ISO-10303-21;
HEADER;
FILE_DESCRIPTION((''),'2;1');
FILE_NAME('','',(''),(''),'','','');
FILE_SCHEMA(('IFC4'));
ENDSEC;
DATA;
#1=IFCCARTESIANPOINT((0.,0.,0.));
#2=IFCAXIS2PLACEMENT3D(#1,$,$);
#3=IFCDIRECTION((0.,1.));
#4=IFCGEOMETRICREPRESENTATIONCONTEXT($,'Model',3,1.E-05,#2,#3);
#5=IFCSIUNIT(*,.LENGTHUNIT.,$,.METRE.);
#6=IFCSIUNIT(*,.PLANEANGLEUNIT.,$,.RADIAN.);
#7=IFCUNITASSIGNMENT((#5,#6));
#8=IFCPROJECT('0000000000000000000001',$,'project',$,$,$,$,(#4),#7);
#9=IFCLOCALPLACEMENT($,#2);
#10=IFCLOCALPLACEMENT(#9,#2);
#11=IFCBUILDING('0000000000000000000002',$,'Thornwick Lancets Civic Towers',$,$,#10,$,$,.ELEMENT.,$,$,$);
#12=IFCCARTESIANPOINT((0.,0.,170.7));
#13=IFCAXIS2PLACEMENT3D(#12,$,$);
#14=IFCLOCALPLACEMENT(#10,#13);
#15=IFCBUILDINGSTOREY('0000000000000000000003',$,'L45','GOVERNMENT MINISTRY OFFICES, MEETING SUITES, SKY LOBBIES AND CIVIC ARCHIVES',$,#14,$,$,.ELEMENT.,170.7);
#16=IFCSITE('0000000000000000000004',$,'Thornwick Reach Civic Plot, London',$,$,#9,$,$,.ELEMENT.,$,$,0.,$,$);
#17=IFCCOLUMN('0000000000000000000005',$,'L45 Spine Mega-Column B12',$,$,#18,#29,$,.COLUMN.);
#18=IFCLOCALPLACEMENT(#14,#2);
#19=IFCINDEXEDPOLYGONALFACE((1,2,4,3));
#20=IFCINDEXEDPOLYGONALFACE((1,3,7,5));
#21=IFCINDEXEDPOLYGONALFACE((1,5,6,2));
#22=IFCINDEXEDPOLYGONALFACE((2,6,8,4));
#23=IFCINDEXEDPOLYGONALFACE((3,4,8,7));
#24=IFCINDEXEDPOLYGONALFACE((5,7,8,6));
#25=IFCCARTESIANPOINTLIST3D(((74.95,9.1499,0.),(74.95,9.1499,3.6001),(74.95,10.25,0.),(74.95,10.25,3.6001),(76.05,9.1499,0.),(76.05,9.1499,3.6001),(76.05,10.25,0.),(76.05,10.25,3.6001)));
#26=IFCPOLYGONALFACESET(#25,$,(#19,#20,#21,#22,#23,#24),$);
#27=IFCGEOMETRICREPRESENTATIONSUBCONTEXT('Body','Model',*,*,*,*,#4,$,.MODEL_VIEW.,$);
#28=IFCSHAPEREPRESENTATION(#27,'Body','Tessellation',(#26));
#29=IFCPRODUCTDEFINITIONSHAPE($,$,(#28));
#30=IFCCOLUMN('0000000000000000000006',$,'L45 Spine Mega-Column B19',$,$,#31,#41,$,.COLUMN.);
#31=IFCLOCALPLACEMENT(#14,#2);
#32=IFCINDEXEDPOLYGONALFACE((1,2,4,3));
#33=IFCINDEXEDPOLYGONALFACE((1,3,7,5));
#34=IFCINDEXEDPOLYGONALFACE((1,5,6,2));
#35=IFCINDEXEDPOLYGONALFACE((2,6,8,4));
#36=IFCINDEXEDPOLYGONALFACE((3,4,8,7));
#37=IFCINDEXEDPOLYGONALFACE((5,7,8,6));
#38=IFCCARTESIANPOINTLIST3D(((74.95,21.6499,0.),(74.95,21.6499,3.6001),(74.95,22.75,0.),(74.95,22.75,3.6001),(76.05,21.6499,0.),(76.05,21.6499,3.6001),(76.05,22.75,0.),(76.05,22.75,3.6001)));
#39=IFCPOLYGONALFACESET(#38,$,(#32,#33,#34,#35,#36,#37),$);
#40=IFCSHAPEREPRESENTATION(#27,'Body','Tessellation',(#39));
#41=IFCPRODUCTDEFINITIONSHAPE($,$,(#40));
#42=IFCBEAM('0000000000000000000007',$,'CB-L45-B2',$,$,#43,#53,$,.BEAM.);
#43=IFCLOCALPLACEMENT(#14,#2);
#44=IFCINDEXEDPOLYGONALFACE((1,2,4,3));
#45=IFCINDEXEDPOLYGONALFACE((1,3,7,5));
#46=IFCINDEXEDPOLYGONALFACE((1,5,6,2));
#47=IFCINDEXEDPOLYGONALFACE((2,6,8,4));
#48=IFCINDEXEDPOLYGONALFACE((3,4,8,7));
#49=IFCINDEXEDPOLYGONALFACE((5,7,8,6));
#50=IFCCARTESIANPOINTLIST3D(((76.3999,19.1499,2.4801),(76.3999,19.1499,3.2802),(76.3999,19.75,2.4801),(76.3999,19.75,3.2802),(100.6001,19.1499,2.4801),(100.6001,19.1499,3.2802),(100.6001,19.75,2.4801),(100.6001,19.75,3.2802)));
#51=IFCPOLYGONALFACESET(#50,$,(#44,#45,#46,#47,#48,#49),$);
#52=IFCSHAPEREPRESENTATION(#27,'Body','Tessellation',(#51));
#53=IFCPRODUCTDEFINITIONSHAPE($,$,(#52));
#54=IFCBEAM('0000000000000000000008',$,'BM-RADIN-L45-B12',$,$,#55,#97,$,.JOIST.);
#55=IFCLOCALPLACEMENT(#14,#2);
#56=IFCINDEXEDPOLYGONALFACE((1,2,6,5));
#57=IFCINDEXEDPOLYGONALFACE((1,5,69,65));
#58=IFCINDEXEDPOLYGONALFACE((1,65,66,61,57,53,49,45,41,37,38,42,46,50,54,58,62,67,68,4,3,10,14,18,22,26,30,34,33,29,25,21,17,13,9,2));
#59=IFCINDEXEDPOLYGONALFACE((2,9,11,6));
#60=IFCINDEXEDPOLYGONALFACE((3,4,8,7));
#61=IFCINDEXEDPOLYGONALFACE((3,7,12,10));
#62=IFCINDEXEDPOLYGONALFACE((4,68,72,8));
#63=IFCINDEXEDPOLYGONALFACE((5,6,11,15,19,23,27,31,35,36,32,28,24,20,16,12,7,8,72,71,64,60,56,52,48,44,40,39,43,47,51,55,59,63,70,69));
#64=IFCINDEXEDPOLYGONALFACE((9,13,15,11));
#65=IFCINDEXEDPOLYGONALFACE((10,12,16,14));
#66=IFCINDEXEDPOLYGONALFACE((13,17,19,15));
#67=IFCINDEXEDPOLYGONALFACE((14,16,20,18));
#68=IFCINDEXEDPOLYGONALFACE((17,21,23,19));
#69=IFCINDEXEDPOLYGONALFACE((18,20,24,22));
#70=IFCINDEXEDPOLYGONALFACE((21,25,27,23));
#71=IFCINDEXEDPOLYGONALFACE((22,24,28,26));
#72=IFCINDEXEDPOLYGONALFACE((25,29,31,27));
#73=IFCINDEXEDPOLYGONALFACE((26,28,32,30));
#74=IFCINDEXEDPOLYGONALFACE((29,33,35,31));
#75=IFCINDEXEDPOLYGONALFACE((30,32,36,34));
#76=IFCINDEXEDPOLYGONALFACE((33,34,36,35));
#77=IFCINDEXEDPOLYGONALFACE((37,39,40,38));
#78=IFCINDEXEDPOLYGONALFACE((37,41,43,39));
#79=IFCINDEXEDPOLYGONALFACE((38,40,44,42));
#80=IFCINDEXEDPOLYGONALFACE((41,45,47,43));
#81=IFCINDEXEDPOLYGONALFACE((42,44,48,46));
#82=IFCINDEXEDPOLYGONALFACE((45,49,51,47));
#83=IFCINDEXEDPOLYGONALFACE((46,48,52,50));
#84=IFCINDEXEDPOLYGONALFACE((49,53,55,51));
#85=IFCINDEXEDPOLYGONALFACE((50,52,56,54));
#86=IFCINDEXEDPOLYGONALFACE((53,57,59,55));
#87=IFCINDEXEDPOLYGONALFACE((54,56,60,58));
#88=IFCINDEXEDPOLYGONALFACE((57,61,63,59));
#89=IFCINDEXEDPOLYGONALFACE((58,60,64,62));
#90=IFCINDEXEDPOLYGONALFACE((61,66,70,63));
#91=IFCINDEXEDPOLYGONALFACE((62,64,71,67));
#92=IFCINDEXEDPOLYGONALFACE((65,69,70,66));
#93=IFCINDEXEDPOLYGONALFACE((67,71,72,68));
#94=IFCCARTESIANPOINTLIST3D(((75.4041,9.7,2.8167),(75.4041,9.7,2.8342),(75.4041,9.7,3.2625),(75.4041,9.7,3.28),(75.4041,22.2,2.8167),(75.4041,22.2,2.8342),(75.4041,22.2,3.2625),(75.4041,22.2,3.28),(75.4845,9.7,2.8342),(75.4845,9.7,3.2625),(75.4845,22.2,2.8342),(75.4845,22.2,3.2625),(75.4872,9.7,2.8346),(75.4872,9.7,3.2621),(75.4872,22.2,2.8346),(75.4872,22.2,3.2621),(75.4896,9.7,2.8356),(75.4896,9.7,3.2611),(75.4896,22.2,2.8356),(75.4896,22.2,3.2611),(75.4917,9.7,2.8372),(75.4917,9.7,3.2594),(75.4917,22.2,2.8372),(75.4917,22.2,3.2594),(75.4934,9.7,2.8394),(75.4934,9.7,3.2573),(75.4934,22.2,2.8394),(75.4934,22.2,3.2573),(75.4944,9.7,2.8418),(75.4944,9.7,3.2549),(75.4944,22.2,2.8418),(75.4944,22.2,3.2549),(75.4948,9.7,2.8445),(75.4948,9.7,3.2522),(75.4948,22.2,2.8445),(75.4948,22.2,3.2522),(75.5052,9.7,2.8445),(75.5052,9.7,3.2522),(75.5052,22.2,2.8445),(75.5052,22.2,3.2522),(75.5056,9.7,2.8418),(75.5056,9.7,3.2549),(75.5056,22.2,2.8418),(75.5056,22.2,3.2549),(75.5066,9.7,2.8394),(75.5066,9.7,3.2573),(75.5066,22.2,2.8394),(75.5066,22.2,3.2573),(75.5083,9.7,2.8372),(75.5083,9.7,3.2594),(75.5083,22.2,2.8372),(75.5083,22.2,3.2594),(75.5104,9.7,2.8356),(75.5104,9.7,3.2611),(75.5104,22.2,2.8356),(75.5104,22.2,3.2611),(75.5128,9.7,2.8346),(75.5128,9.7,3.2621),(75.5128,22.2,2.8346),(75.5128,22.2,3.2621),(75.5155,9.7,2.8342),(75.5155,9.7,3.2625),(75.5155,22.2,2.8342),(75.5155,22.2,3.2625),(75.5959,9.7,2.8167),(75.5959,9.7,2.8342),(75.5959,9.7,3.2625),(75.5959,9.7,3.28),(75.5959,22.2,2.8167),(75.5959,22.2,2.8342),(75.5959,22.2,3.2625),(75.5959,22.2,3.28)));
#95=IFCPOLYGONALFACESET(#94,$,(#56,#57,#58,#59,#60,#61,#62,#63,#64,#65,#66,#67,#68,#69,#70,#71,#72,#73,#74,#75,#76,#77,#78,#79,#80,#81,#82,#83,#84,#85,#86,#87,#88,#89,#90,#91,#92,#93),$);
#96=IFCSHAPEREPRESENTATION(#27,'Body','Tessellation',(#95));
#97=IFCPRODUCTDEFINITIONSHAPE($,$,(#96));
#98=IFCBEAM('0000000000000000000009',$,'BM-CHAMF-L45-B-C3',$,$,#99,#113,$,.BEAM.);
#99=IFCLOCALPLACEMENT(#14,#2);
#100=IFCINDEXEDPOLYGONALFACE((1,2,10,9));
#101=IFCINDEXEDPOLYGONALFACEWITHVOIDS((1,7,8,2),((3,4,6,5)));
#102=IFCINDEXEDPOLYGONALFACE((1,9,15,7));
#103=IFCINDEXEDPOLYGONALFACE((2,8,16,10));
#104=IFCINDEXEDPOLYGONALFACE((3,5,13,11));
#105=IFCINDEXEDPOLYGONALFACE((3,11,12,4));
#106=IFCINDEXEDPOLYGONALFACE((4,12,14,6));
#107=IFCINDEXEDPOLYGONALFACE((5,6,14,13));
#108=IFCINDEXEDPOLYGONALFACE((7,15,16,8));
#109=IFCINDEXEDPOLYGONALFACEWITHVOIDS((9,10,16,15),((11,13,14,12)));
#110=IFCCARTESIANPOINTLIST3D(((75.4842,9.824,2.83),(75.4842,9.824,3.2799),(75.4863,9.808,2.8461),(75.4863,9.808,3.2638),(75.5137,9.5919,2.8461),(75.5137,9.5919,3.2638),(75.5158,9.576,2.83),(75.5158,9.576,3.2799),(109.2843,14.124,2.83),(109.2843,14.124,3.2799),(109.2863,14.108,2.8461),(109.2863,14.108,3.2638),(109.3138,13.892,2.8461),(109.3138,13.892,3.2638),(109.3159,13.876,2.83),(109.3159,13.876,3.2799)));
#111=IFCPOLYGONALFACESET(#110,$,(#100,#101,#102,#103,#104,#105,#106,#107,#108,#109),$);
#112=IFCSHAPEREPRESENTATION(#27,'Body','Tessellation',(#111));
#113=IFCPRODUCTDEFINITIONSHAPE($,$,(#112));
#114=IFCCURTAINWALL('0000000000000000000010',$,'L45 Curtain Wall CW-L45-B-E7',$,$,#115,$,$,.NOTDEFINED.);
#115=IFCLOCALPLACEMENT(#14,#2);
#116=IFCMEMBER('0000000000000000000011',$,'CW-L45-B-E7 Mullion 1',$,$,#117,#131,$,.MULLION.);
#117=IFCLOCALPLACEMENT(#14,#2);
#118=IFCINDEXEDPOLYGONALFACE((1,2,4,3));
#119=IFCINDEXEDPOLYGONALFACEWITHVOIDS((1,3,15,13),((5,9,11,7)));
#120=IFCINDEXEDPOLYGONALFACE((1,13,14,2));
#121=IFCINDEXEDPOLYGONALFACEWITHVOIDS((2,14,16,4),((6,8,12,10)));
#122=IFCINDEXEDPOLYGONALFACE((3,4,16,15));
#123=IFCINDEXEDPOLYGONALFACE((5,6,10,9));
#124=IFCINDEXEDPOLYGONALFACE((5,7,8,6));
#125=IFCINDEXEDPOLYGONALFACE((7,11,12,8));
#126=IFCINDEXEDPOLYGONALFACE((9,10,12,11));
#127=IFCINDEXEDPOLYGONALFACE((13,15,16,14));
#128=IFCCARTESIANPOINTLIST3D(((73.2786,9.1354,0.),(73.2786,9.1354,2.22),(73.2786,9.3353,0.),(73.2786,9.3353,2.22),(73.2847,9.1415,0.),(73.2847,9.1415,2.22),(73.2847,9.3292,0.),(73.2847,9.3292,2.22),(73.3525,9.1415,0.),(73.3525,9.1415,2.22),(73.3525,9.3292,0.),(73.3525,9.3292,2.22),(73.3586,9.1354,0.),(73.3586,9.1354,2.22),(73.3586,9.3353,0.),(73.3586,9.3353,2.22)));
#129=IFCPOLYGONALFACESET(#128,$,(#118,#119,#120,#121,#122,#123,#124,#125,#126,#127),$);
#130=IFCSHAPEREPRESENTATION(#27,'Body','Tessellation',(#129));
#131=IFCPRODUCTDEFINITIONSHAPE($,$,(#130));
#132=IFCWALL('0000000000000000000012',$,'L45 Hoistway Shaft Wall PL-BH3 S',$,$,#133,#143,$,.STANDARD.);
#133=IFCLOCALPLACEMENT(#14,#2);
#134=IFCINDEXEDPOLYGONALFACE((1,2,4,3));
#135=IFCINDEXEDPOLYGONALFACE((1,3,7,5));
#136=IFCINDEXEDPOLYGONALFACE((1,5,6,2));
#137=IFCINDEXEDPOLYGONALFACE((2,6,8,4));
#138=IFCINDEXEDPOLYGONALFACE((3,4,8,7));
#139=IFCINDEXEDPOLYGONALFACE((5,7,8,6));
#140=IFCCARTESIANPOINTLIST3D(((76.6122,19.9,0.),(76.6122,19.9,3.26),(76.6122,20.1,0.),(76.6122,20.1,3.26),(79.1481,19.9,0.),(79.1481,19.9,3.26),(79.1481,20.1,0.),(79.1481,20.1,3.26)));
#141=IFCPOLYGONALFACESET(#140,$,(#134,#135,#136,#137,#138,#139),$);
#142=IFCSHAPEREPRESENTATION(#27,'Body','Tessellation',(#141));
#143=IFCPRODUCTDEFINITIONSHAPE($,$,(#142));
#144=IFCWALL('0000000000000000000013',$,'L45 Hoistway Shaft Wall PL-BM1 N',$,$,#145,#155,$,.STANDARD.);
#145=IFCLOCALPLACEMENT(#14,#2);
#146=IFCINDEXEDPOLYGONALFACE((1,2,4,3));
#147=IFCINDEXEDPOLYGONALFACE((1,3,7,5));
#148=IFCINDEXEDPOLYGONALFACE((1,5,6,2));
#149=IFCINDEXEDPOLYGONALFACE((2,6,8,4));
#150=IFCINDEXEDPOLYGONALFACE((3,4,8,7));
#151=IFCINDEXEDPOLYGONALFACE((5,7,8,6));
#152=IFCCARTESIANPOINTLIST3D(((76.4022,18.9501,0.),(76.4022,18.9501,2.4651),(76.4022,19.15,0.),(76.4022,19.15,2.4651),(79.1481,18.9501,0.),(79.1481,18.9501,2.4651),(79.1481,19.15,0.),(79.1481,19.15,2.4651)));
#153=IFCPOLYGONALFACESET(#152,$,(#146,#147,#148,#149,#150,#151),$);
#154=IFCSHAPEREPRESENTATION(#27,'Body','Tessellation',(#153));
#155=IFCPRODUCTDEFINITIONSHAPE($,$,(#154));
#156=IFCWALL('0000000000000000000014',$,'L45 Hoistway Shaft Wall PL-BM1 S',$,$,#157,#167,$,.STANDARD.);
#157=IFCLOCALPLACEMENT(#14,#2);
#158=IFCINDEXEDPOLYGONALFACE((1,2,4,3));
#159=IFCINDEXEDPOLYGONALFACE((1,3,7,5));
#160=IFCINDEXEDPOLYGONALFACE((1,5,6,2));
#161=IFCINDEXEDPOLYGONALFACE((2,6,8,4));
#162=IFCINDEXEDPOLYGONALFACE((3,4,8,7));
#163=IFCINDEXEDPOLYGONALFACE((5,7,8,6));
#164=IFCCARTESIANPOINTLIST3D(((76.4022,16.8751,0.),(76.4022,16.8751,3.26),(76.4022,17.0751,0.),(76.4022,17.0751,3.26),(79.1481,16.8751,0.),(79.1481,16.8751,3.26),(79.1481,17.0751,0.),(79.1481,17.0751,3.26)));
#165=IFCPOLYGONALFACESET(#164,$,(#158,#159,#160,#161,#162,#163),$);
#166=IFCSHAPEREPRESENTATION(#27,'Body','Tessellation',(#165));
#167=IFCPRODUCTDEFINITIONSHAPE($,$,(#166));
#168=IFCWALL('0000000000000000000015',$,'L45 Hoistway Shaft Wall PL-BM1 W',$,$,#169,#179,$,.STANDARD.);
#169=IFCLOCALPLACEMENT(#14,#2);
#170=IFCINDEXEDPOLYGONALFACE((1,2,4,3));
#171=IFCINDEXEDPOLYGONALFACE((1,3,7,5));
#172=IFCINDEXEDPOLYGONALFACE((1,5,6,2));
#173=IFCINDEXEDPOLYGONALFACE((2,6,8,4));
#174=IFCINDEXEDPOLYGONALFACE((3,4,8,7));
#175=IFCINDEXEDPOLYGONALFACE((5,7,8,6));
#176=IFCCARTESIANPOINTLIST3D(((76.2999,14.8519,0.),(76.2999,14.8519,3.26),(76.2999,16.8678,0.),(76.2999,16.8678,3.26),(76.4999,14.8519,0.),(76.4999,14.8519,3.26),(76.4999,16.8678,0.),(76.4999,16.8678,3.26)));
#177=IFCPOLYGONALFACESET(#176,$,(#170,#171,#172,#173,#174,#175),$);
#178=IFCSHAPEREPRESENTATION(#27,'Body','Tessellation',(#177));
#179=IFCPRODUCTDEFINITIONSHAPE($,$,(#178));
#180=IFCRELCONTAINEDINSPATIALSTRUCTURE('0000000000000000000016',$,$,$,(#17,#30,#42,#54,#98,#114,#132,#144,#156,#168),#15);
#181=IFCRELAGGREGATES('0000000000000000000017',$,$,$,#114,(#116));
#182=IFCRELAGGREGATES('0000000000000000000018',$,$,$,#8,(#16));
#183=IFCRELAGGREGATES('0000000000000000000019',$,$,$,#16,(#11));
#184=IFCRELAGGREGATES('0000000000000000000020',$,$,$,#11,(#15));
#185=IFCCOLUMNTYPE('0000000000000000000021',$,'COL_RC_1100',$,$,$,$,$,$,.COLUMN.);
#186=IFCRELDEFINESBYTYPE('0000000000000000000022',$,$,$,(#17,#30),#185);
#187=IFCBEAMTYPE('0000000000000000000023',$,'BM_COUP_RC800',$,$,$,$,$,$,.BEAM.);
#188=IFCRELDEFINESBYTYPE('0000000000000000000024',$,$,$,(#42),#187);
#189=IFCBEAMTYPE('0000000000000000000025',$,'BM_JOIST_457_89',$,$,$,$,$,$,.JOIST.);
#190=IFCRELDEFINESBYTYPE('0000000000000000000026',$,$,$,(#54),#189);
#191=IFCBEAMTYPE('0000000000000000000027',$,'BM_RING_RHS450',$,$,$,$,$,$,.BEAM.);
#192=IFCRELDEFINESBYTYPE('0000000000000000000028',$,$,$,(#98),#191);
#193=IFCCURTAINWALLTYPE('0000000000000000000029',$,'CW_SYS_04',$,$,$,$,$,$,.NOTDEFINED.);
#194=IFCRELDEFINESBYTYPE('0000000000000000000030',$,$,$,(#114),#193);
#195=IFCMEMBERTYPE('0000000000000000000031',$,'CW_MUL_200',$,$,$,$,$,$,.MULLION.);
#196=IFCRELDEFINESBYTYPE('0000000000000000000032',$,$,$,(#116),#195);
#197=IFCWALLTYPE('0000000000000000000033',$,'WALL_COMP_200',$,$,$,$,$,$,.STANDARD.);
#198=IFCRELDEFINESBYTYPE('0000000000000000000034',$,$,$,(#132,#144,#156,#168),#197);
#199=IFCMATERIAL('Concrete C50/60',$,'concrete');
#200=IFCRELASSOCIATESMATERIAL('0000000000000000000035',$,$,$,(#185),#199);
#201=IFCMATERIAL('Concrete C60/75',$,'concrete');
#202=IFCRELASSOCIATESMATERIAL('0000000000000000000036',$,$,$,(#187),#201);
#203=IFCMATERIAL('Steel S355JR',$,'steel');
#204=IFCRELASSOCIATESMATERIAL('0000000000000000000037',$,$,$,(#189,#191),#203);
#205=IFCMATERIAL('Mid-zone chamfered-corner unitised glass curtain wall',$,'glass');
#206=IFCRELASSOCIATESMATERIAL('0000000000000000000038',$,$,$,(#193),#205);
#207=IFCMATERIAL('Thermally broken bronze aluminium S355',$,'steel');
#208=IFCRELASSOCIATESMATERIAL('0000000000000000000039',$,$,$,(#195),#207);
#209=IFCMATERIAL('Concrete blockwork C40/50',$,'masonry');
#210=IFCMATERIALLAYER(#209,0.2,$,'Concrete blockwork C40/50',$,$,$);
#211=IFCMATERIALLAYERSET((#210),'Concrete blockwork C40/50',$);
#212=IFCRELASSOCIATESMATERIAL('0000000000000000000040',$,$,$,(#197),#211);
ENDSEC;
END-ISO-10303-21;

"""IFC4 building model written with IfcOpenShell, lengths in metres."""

from ifc_helpers import new_model, si_unit, direction, frame, frame_2d, origin, origin_2d, place, context, subcontext, project, spatial, rectangle, hollow_rectangle, i_section, extrude, material, layer, layer_set, material_profile, profile_set, type_object, element, aggregate, save


model = new_model("IFC4")

# Units and contexts
model_context = context("Model", 3, precision=1e-05, world=origin(), true_north=direction((0.0, 1.0)))
body_context = subcontext(model_context, "Body", "Model", "MODEL_VIEW")
ifc_project = project(units=[si_unit("LENGTHUNIT", "METRE"), si_unit("PLANEANGLEUNIT", "RADIAN")], contexts=[model_context])

# Site, building, storey
site_placement = place(None, origin())
site = spatial("IfcSite", under=ifc_project, at=site_placement, Name="Thornwick Reach Civic Plot, London", CompositionType="ELEMENT", RefElevation=0.0)
building_placement = place(site_placement, origin())
building = spatial("IfcBuilding", under=site, at=building_placement, Name="Thornwick Lancets Civic Towers", CompositionType="ELEMENT")
storey_placement = place(building_placement, frame((0.0, 0.0, 170.7)))
storey = spatial("IfcBuildingStorey", under=building, at=storey_placement, Name="L45", Description="GOVERNMENT MINISTRY OFFICES, MEETING SUITES, SKY LOBBIES AND CIVIC ARCHIVES", CompositionType="ELEMENT", Elevation=170.7)

# Columns
ifc_material_1 = material(Name="Concrete C50/60", Category="concrete")
ifc_material_profile_1 = material_profile(ifc_material_1, rectangle(XDim=1.1001, YDim=1.1001, at=origin_2d()), Name="RC 1100x1100")
ifc_profile_set_1 = profile_set([ifc_material_profile_1], Name="Concrete C50/60")
column_type = type_object("IfcColumnType", Name="COL_RC_1100", PredefinedType="COLUMN", material=ifc_profile_set_1)
for number, where, z_axis, x_axis, name in (
    (1, (75.5, 9.7, 0.0), (0.0, 0.0, 1.0), (1.0, 0.0, 0.0), "L45 Spine Mega-Column B12"),
    (2, (75.5, 22.2, 0.0), (0.0, 0.0, 1.0), (1.0, 0.0, 0.0), "L45 Spine Mega-Column B19"),
):
    element("IfcColumn", number, at=place(storey_placement, frame(where, z_axis=z_axis, x_axis=x_axis)), inside=storey, type_object=column_type, Name=name, PredefinedType="COLUMN", context=body_context, shape_type="SweptSolid", body=[
        extrude(rectangle(XDim=1.1001, YDim=1.1001, at=origin_2d()), origin(), (0.0, 0.0, 1.0), 3.6001),
    ])

# Beams
ifc_material_2 = material(Name="Concrete C60/75", Category="concrete")
ifc_material_profile_2 = material_profile(ifc_material_2, rectangle(XDim=0.6001, YDim=0.8, at=origin_2d()), Name="RC 600x800")
ifc_profile_set_2 = profile_set([ifc_material_profile_2], Name="Concrete C60/75")
beam_type_1 = type_object("IfcBeamType", Name="BM_COUP_RC800", PredefinedType="BEAM", material=ifc_profile_set_2)
beam_1_placement = place(storey_placement, frame((76.3999, 19.45, 2.8801), z_axis=(1.0, 0.0, 0.0), x_axis=(0.0, 1.0, 0.0)))
element("IfcBeam", 3, at=beam_1_placement, inside=storey, type_object=beam_type_1, Name="CB-L45-B2", PredefinedType="BEAM", context=body_context, shape_type="SweptSolid", body=[
    extrude(rectangle(XDim=0.6001, YDim=0.8, at=origin_2d()), origin(), (0.0, 0.0, 1.0), 24.2002),
])
ifc_material_3 = material(Name="Steel S355JR", Category="steel")
ifc_material_profile_3 = material_profile(ifc_material_3, i_section(OverallWidth=0.1919, OverallDepth=0.4634, WebThickness=0.0105, FlangeThickness=0.0176, FilletRadius=0.0103, at=origin_2d()), Name="UKB 457x191x89")
ifc_profile_set_3 = profile_set([ifc_material_profile_3], Name="Steel S355JR")
beam_type_2 = type_object("IfcBeamType", Name="BM_JOIST_457_89", PredefinedType="JOIST", material=ifc_profile_set_3)
beam_2_placement = place(storey_placement, frame((75.5, 22.2, 3.0483), z_axis=(0.0, -1.0, 0.0), x_axis=(1.0, 0.0, 0.0)))
element("IfcBeam", 4, at=beam_2_placement, inside=storey, type_object=beam_type_2, Name="BM-RADIN-L45-B12", PredefinedType="JOIST", context=body_context, shape_type="SweptSolid", body=[
    extrude(i_section(OverallWidth=0.1919, OverallDepth=0.4634, WebThickness=0.0105, FlangeThickness=0.0176, FilletRadius=0.0103, at=origin_2d()), origin(), (0.0, 0.0, 1.0), 12.5),
])
ifc_material_profile_4 = material_profile(ifc_material_3, hollow_rectangle(XDim=0.25, YDim=0.45, WallThickness=0.0161, at=origin_2d()), Name="RHS 450x250x16")
ifc_profile_set_4 = profile_set([ifc_material_profile_4], Name="Steel S355JR")
beam_type_3 = type_object("IfcBeamType", Name="BM_RING_RHS450", PredefinedType="BEAM", material=ifc_profile_set_4)
beam_3_placement = place(storey_placement, frame((75.5, 9.7, 3.0549), z_axis=(0.992004, 0.126203, 0.0), x_axis=(-0.126203, 0.992004, 0.0)))
element("IfcBeam", 5, at=beam_3_placement, inside=storey, type_object=beam_type_3, Name="BM-CHAMF-L45-B-C3", PredefinedType="BEAM", context=body_context, shape_type="SweptSolid", body=[
    extrude(hollow_rectangle(XDim=0.25, YDim=0.45, WallThickness=0.0161, at=origin_2d()), origin(), (0.0, 0.0, 1.0), 34.0725),
])

# Curtain wall, member
ifc_material_4 = material(Name="Mid-zone chamfered-corner unitised glass curtain wall", Category="glass")
curtain_wall_type = type_object("IfcCurtainWallType", Name="CW_SYS_04", PredefinedType="NOTDEFINED", material=ifc_material_4)
curtain_wall_placement = place(storey_placement, origin())
curtain_wall = element("IfcCurtainWall", 6, at=curtain_wall_placement, inside=storey, type_object=curtain_wall_type, Name="L45 Curtain Wall CW-L45-B-E7", PredefinedType="NOTDEFINED")
ifc_material_5 = material(Name="Thermally broken bronze aluminium S355", Category="steel")
ifc_material_profile_5 = material_profile(ifc_material_5, hollow_rectangle(XDim=0.0801, YDim=0.2, WallThickness=0.0061, at=origin_2d()), Name="RHS 200x80x6")
ifc_profile_set_5 = profile_set([ifc_material_profile_5], Name="Thermally broken bronze aluminium S355")
member_type = type_object("IfcMemberType", Name="CW_MUL_200", PredefinedType="MULLION", material=ifc_profile_set_5)
member_placement = place(storey_placement, frame((73.3186, 9.2354, 0.0), z_axis=(0.0, 0.0, 1.0), x_axis=(1.0, 0.0, 0.0)))
member = element("IfcMember", 7, at=member_placement, type_object=member_type, Name="CW-L45-B-E7 Mullion 1", PredefinedType="MULLION", context=body_context, shape_type="SweptSolid", body=[
    extrude(hollow_rectangle(XDim=0.0801, YDim=0.2, WallThickness=0.0061, at=origin_2d()), origin(), (0.0, 0.0, 1.0), 2.22),
])
aggregate(curtain_wall, [member])

# Walls
ifc_material_6 = material(Name="Concrete blockwork C40/50", Category="masonry")
ifc_layer_1 = layer(ifc_material_6, 0.2, Name="Concrete blockwork C40/50")
ifc_layer_set_1 = layer_set([ifc_layer_1], Name="Concrete blockwork C40/50")
wall_type_1 = type_object("IfcWallType", Name="WALL_COMP_200", PredefinedType="STANDARD", material=ifc_layer_set_1)
wall_1_placement = place(storey_placement, frame((76.6121, 20.0, 0.0), z_axis=(0.0, 0.0, 1.0), x_axis=(1.0, 0.0, 0.0)))
element("IfcWall", 8, at=wall_1_placement, inside=storey, type_object=wall_type_1, Name="L45 Hoistway Shaft Wall PL-BH3 S", PredefinedType="STANDARD", context=body_context, shape_type="SweptSolid", body=[
    extrude(rectangle(XDim=2.5359, YDim=0.2, at=frame_2d((1.2681, 0.0))), origin(), (0.0, 0.0, 1.0), 3.26),
])
wall_2_placement = place(storey_placement, frame((76.4021, 19.05, 0.0), z_axis=(0.0, 0.0, 1.0), x_axis=(1.0, 0.0, 0.0)))
element("IfcWall", 9, at=wall_2_placement, inside=storey, type_object=wall_type_1, Name="L45 Hoistway Shaft Wall PL-BM1 N", PredefinedType="STANDARD", context=body_context, shape_type="SweptSolid", body=[
    extrude(rectangle(XDim=2.7458, YDim=0.2, at=frame_2d((1.373, 0.0))), origin(), (0.0, 0.0, 1.0), 2.4651),
])
wall_3_placement = place(storey_placement, frame((76.4021, 16.9751, 0.0), z_axis=(0.0, 0.0, 1.0), x_axis=(1.0, 0.0, 0.0)))
element("IfcWall", 10, at=wall_3_placement, inside=storey, type_object=wall_type_1, Name="L45 Hoistway Shaft Wall PL-BM1 S", PredefinedType="STANDARD", context=body_context, shape_type="SweptSolid", body=[
    extrude(rectangle(XDim=2.7458, YDim=0.2, at=frame_2d((1.373, 0.0))), origin(), (0.0, 0.0, 1.0), 3.26),
])
wall_4_placement = place(storey_placement, frame((76.3999, 14.8521, 0.0), z_axis=(0.0, 0.0, 1.0), x_axis=(0.0, 1.0, 0.0)))
element("IfcWall", 11, at=wall_4_placement, inside=storey, type_object=wall_type_1, Name="L45 Hoistway Shaft Wall PL-BM1 W", PredefinedType="STANDARD", context=body_context, shape_type="SweptSolid", body=[
    extrude(rectangle(XDim=2.0159, YDim=0.2, at=frame_2d((1.0078, 0.0))), origin(), (0.0, 0.0, 1.0), 3.26),
])

save(model, "model.ifc")
